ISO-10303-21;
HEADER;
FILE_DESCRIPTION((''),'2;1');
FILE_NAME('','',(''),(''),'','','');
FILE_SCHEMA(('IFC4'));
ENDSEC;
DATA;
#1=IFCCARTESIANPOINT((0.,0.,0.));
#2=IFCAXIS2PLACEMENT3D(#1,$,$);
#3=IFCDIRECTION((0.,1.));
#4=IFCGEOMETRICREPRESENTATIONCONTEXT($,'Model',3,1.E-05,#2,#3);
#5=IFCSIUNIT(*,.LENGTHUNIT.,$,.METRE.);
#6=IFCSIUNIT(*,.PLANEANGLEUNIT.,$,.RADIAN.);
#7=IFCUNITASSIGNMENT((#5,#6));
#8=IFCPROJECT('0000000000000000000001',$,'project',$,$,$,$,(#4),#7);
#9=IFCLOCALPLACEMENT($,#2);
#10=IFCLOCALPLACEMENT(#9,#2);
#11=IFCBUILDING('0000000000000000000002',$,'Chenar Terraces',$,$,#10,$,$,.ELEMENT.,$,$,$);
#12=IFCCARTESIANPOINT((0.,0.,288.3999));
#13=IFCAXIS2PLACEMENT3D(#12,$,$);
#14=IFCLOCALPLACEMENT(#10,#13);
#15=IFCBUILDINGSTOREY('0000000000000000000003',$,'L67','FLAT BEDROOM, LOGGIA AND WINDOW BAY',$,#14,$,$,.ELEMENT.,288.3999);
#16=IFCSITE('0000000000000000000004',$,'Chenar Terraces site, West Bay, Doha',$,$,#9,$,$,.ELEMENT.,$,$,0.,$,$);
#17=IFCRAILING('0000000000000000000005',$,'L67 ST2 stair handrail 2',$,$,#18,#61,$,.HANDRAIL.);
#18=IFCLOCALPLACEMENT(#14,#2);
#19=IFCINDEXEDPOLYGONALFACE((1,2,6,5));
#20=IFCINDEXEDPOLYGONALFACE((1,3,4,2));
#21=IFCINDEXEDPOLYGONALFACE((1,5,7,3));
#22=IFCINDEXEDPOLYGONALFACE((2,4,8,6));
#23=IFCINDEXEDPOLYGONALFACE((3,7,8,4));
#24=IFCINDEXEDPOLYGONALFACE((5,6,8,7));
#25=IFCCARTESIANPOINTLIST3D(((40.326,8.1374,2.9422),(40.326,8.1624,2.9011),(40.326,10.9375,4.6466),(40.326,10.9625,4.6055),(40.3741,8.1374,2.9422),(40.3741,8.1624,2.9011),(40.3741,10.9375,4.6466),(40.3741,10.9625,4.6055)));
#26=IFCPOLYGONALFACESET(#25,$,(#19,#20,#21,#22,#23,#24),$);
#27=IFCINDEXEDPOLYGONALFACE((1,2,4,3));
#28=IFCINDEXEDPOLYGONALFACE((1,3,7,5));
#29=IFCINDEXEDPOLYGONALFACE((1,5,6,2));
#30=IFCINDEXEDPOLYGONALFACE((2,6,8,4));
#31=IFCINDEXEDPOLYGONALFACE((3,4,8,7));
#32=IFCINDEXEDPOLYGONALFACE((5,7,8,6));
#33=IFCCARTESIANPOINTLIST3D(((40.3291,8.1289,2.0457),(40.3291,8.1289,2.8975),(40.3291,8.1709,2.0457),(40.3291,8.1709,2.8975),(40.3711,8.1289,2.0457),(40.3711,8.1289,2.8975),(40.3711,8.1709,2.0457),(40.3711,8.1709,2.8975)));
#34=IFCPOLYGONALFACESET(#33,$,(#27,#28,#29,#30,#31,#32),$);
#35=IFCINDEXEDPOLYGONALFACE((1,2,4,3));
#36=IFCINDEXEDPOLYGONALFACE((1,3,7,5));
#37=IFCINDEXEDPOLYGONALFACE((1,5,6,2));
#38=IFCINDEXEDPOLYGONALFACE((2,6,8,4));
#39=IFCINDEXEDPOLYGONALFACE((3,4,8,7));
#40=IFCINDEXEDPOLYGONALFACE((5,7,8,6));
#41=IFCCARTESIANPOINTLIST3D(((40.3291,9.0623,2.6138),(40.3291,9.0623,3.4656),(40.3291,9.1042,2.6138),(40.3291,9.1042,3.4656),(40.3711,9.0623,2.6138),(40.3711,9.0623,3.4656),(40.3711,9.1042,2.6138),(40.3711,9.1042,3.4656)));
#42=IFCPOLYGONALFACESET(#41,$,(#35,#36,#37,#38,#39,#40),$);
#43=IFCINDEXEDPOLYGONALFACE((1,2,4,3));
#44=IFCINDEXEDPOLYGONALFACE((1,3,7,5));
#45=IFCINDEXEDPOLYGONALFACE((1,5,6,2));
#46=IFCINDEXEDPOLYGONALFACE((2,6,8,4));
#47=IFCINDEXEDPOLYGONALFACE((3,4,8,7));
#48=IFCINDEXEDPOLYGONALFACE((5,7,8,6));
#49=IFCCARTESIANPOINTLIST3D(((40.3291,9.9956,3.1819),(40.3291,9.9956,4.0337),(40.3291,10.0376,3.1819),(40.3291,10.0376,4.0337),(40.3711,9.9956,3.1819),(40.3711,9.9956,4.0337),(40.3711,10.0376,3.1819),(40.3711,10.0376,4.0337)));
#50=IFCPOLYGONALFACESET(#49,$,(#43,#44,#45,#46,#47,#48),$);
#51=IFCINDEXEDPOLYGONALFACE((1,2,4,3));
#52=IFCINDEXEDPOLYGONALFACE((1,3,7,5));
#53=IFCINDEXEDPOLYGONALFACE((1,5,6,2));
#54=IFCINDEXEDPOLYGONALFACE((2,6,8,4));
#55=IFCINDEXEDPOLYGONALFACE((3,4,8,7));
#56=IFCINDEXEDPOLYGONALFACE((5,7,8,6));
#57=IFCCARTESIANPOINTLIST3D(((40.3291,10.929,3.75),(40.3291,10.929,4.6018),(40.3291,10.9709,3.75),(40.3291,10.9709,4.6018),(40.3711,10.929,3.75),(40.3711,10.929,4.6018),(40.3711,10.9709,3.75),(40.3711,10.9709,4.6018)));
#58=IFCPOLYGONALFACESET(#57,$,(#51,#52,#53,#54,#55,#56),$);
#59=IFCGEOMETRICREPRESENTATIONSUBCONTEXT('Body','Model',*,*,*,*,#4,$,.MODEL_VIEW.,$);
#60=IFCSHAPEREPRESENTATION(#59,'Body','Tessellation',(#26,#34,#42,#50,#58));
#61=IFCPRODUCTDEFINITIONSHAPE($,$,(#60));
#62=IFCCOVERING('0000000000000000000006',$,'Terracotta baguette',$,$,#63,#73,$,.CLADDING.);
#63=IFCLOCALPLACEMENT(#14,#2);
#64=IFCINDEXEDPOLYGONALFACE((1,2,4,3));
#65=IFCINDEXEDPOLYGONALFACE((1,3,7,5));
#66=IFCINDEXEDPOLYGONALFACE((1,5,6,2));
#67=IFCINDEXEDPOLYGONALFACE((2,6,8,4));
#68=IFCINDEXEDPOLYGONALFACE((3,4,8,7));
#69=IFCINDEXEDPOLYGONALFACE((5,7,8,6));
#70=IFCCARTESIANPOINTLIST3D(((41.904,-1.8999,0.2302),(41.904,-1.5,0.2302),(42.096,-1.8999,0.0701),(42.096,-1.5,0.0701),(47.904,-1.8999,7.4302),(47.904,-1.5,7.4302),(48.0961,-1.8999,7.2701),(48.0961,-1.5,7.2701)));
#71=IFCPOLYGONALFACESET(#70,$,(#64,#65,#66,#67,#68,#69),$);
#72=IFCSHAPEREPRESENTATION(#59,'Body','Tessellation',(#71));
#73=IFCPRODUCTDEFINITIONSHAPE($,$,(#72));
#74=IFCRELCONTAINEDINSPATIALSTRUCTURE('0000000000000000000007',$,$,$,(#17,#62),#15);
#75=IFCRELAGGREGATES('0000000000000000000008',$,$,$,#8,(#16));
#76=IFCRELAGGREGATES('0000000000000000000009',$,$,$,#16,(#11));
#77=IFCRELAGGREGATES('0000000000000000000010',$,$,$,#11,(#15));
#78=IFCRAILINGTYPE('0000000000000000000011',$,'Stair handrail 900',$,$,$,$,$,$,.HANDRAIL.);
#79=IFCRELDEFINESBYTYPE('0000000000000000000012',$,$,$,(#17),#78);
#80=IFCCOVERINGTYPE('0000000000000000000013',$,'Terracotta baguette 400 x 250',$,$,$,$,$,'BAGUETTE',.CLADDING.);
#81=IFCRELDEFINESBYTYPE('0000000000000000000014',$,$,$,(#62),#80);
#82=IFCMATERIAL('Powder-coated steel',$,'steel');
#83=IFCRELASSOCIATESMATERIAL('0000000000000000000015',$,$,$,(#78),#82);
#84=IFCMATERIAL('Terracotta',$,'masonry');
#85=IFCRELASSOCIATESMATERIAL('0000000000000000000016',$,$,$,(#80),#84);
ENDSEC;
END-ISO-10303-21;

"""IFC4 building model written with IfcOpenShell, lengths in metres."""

from ifc_helpers import new_model, si_unit, direction, frame, origin, origin_2d, place, context, subcontext, project, spatial, rectangle, extrude, material, material_profile, profile_set, type_object, element, save


model = new_model("IFC4")

# Units and contexts
model_context = context("Model", 3, precision=1e-05, world=origin(), true_north=direction((0.0, 1.0)))
body_context = subcontext(model_context, "Body", "Model", "MODEL_VIEW")
ifc_project = project(units=[si_unit("LENGTHUNIT", "METRE"), si_unit("PLANEANGLEUNIT", "RADIAN")], contexts=[model_context])

# Site, building, storey
site_placement = place(None, origin())
site = spatial("IfcSite", under=ifc_project, at=site_placement, Name="Chenar Terraces site, West Bay, Doha", CompositionType="ELEMENT", RefElevation=0.0)
building_placement = place(site_placement, origin())
building = spatial("IfcBuilding", under=site, at=building_placement, Name="Chenar Terraces", CompositionType="ELEMENT")
storey_placement = place(building_placement, frame((0.0, 0.0, 288.3999)))
storey = spatial("IfcBuildingStorey", under=building, at=storey_placement, Name="L67", Description="FLAT BEDROOM, LOGGIA AND WINDOW BAY", CompositionType="ELEMENT", Elevation=288.3999)

# Railing
ifc_material_1 = material(Name="Powder-coated steel", Category="steel")
railing_type_1 = type_object("IfcRailingType", Name="Stair handrail 900", PredefinedType="HANDRAIL", material=ifc_material_1)
railing_1_placement = place(storey_placement, frame((40.3501, 8.1499, 2.0457)))
element("IfcRailing", 1, at=railing_1_placement, inside=storey, type_object=railing_type_1, Name="L67 ST2 stair handrail 2", PredefinedType="HANDRAIL", context=body_context, shape_type="SweptSolid", body=[
    extrude(rectangle(XDim=0.0481, YDim=0.0481, at=origin_2d()), frame((0.0, 0.0, 0.876), z_axis=(0.0, 0.854203, 0.51994), x_axis=(-1.0, 0.0, 0.0)), (0.0, 0.0, 1.0), 3.2781),
    extrude(rectangle(XDim=0.042, YDim=0.042, at=origin_2d()), origin(), (0.0, 0.0, 1.0), 0.8518),
    extrude(rectangle(XDim=0.042, YDim=0.042, at=origin_2d()), frame((0.0, 0.9333, 0.5681)), (0.0, 0.0, 1.0), 0.8518),
    extrude(rectangle(XDim=0.042, YDim=0.042, at=origin_2d()), frame((0.0, 1.8667, 1.1362)), (0.0, 0.0, 1.0), 0.8518),
    extrude(rectangle(XDim=0.042, YDim=0.042, at=origin_2d()), frame((0.0, 2.8, 1.7043)), (0.0, 0.0, 1.0), 0.8518),
])

# Covering
ifc_material_2 = material(Name="Terracotta", Category="masonry")
ifc_material_profile_1 = material_profile(ifc_material_2, rectangle(XDim=0.3999, YDim=0.25, at=origin_2d()), Name="Terracotta baguette 400 x 250")
ifc_profile_set_1 = profile_set([ifc_material_profile_1], Name="Terracotta")
covering_type = type_object("IfcCoveringType", Name="Terracotta baguette 400 x 250", ElementType="BAGUETTE", PredefinedType="CLADDING", material=ifc_profile_set_1)
covering_placement = place(storey_placement, frame((42.0, -1.7, 0.1501), z_axis=(0.640187, 0.0, 0.768219), x_axis=(0.0, 1.0, 0.0)))
element("IfcCovering", 2, at=covering_placement, inside=storey, type_object=covering_type, Name="Terracotta baguette", PredefinedType="CLADDING", context=body_context, shape_type="SweptSolid", body=[
    extrude(rectangle(XDim=0.3999, YDim=0.25, at=origin_2d()), origin(), (0.0, 0.0, 1.0), 9.3723),
])

save(model, "model.ifc")
